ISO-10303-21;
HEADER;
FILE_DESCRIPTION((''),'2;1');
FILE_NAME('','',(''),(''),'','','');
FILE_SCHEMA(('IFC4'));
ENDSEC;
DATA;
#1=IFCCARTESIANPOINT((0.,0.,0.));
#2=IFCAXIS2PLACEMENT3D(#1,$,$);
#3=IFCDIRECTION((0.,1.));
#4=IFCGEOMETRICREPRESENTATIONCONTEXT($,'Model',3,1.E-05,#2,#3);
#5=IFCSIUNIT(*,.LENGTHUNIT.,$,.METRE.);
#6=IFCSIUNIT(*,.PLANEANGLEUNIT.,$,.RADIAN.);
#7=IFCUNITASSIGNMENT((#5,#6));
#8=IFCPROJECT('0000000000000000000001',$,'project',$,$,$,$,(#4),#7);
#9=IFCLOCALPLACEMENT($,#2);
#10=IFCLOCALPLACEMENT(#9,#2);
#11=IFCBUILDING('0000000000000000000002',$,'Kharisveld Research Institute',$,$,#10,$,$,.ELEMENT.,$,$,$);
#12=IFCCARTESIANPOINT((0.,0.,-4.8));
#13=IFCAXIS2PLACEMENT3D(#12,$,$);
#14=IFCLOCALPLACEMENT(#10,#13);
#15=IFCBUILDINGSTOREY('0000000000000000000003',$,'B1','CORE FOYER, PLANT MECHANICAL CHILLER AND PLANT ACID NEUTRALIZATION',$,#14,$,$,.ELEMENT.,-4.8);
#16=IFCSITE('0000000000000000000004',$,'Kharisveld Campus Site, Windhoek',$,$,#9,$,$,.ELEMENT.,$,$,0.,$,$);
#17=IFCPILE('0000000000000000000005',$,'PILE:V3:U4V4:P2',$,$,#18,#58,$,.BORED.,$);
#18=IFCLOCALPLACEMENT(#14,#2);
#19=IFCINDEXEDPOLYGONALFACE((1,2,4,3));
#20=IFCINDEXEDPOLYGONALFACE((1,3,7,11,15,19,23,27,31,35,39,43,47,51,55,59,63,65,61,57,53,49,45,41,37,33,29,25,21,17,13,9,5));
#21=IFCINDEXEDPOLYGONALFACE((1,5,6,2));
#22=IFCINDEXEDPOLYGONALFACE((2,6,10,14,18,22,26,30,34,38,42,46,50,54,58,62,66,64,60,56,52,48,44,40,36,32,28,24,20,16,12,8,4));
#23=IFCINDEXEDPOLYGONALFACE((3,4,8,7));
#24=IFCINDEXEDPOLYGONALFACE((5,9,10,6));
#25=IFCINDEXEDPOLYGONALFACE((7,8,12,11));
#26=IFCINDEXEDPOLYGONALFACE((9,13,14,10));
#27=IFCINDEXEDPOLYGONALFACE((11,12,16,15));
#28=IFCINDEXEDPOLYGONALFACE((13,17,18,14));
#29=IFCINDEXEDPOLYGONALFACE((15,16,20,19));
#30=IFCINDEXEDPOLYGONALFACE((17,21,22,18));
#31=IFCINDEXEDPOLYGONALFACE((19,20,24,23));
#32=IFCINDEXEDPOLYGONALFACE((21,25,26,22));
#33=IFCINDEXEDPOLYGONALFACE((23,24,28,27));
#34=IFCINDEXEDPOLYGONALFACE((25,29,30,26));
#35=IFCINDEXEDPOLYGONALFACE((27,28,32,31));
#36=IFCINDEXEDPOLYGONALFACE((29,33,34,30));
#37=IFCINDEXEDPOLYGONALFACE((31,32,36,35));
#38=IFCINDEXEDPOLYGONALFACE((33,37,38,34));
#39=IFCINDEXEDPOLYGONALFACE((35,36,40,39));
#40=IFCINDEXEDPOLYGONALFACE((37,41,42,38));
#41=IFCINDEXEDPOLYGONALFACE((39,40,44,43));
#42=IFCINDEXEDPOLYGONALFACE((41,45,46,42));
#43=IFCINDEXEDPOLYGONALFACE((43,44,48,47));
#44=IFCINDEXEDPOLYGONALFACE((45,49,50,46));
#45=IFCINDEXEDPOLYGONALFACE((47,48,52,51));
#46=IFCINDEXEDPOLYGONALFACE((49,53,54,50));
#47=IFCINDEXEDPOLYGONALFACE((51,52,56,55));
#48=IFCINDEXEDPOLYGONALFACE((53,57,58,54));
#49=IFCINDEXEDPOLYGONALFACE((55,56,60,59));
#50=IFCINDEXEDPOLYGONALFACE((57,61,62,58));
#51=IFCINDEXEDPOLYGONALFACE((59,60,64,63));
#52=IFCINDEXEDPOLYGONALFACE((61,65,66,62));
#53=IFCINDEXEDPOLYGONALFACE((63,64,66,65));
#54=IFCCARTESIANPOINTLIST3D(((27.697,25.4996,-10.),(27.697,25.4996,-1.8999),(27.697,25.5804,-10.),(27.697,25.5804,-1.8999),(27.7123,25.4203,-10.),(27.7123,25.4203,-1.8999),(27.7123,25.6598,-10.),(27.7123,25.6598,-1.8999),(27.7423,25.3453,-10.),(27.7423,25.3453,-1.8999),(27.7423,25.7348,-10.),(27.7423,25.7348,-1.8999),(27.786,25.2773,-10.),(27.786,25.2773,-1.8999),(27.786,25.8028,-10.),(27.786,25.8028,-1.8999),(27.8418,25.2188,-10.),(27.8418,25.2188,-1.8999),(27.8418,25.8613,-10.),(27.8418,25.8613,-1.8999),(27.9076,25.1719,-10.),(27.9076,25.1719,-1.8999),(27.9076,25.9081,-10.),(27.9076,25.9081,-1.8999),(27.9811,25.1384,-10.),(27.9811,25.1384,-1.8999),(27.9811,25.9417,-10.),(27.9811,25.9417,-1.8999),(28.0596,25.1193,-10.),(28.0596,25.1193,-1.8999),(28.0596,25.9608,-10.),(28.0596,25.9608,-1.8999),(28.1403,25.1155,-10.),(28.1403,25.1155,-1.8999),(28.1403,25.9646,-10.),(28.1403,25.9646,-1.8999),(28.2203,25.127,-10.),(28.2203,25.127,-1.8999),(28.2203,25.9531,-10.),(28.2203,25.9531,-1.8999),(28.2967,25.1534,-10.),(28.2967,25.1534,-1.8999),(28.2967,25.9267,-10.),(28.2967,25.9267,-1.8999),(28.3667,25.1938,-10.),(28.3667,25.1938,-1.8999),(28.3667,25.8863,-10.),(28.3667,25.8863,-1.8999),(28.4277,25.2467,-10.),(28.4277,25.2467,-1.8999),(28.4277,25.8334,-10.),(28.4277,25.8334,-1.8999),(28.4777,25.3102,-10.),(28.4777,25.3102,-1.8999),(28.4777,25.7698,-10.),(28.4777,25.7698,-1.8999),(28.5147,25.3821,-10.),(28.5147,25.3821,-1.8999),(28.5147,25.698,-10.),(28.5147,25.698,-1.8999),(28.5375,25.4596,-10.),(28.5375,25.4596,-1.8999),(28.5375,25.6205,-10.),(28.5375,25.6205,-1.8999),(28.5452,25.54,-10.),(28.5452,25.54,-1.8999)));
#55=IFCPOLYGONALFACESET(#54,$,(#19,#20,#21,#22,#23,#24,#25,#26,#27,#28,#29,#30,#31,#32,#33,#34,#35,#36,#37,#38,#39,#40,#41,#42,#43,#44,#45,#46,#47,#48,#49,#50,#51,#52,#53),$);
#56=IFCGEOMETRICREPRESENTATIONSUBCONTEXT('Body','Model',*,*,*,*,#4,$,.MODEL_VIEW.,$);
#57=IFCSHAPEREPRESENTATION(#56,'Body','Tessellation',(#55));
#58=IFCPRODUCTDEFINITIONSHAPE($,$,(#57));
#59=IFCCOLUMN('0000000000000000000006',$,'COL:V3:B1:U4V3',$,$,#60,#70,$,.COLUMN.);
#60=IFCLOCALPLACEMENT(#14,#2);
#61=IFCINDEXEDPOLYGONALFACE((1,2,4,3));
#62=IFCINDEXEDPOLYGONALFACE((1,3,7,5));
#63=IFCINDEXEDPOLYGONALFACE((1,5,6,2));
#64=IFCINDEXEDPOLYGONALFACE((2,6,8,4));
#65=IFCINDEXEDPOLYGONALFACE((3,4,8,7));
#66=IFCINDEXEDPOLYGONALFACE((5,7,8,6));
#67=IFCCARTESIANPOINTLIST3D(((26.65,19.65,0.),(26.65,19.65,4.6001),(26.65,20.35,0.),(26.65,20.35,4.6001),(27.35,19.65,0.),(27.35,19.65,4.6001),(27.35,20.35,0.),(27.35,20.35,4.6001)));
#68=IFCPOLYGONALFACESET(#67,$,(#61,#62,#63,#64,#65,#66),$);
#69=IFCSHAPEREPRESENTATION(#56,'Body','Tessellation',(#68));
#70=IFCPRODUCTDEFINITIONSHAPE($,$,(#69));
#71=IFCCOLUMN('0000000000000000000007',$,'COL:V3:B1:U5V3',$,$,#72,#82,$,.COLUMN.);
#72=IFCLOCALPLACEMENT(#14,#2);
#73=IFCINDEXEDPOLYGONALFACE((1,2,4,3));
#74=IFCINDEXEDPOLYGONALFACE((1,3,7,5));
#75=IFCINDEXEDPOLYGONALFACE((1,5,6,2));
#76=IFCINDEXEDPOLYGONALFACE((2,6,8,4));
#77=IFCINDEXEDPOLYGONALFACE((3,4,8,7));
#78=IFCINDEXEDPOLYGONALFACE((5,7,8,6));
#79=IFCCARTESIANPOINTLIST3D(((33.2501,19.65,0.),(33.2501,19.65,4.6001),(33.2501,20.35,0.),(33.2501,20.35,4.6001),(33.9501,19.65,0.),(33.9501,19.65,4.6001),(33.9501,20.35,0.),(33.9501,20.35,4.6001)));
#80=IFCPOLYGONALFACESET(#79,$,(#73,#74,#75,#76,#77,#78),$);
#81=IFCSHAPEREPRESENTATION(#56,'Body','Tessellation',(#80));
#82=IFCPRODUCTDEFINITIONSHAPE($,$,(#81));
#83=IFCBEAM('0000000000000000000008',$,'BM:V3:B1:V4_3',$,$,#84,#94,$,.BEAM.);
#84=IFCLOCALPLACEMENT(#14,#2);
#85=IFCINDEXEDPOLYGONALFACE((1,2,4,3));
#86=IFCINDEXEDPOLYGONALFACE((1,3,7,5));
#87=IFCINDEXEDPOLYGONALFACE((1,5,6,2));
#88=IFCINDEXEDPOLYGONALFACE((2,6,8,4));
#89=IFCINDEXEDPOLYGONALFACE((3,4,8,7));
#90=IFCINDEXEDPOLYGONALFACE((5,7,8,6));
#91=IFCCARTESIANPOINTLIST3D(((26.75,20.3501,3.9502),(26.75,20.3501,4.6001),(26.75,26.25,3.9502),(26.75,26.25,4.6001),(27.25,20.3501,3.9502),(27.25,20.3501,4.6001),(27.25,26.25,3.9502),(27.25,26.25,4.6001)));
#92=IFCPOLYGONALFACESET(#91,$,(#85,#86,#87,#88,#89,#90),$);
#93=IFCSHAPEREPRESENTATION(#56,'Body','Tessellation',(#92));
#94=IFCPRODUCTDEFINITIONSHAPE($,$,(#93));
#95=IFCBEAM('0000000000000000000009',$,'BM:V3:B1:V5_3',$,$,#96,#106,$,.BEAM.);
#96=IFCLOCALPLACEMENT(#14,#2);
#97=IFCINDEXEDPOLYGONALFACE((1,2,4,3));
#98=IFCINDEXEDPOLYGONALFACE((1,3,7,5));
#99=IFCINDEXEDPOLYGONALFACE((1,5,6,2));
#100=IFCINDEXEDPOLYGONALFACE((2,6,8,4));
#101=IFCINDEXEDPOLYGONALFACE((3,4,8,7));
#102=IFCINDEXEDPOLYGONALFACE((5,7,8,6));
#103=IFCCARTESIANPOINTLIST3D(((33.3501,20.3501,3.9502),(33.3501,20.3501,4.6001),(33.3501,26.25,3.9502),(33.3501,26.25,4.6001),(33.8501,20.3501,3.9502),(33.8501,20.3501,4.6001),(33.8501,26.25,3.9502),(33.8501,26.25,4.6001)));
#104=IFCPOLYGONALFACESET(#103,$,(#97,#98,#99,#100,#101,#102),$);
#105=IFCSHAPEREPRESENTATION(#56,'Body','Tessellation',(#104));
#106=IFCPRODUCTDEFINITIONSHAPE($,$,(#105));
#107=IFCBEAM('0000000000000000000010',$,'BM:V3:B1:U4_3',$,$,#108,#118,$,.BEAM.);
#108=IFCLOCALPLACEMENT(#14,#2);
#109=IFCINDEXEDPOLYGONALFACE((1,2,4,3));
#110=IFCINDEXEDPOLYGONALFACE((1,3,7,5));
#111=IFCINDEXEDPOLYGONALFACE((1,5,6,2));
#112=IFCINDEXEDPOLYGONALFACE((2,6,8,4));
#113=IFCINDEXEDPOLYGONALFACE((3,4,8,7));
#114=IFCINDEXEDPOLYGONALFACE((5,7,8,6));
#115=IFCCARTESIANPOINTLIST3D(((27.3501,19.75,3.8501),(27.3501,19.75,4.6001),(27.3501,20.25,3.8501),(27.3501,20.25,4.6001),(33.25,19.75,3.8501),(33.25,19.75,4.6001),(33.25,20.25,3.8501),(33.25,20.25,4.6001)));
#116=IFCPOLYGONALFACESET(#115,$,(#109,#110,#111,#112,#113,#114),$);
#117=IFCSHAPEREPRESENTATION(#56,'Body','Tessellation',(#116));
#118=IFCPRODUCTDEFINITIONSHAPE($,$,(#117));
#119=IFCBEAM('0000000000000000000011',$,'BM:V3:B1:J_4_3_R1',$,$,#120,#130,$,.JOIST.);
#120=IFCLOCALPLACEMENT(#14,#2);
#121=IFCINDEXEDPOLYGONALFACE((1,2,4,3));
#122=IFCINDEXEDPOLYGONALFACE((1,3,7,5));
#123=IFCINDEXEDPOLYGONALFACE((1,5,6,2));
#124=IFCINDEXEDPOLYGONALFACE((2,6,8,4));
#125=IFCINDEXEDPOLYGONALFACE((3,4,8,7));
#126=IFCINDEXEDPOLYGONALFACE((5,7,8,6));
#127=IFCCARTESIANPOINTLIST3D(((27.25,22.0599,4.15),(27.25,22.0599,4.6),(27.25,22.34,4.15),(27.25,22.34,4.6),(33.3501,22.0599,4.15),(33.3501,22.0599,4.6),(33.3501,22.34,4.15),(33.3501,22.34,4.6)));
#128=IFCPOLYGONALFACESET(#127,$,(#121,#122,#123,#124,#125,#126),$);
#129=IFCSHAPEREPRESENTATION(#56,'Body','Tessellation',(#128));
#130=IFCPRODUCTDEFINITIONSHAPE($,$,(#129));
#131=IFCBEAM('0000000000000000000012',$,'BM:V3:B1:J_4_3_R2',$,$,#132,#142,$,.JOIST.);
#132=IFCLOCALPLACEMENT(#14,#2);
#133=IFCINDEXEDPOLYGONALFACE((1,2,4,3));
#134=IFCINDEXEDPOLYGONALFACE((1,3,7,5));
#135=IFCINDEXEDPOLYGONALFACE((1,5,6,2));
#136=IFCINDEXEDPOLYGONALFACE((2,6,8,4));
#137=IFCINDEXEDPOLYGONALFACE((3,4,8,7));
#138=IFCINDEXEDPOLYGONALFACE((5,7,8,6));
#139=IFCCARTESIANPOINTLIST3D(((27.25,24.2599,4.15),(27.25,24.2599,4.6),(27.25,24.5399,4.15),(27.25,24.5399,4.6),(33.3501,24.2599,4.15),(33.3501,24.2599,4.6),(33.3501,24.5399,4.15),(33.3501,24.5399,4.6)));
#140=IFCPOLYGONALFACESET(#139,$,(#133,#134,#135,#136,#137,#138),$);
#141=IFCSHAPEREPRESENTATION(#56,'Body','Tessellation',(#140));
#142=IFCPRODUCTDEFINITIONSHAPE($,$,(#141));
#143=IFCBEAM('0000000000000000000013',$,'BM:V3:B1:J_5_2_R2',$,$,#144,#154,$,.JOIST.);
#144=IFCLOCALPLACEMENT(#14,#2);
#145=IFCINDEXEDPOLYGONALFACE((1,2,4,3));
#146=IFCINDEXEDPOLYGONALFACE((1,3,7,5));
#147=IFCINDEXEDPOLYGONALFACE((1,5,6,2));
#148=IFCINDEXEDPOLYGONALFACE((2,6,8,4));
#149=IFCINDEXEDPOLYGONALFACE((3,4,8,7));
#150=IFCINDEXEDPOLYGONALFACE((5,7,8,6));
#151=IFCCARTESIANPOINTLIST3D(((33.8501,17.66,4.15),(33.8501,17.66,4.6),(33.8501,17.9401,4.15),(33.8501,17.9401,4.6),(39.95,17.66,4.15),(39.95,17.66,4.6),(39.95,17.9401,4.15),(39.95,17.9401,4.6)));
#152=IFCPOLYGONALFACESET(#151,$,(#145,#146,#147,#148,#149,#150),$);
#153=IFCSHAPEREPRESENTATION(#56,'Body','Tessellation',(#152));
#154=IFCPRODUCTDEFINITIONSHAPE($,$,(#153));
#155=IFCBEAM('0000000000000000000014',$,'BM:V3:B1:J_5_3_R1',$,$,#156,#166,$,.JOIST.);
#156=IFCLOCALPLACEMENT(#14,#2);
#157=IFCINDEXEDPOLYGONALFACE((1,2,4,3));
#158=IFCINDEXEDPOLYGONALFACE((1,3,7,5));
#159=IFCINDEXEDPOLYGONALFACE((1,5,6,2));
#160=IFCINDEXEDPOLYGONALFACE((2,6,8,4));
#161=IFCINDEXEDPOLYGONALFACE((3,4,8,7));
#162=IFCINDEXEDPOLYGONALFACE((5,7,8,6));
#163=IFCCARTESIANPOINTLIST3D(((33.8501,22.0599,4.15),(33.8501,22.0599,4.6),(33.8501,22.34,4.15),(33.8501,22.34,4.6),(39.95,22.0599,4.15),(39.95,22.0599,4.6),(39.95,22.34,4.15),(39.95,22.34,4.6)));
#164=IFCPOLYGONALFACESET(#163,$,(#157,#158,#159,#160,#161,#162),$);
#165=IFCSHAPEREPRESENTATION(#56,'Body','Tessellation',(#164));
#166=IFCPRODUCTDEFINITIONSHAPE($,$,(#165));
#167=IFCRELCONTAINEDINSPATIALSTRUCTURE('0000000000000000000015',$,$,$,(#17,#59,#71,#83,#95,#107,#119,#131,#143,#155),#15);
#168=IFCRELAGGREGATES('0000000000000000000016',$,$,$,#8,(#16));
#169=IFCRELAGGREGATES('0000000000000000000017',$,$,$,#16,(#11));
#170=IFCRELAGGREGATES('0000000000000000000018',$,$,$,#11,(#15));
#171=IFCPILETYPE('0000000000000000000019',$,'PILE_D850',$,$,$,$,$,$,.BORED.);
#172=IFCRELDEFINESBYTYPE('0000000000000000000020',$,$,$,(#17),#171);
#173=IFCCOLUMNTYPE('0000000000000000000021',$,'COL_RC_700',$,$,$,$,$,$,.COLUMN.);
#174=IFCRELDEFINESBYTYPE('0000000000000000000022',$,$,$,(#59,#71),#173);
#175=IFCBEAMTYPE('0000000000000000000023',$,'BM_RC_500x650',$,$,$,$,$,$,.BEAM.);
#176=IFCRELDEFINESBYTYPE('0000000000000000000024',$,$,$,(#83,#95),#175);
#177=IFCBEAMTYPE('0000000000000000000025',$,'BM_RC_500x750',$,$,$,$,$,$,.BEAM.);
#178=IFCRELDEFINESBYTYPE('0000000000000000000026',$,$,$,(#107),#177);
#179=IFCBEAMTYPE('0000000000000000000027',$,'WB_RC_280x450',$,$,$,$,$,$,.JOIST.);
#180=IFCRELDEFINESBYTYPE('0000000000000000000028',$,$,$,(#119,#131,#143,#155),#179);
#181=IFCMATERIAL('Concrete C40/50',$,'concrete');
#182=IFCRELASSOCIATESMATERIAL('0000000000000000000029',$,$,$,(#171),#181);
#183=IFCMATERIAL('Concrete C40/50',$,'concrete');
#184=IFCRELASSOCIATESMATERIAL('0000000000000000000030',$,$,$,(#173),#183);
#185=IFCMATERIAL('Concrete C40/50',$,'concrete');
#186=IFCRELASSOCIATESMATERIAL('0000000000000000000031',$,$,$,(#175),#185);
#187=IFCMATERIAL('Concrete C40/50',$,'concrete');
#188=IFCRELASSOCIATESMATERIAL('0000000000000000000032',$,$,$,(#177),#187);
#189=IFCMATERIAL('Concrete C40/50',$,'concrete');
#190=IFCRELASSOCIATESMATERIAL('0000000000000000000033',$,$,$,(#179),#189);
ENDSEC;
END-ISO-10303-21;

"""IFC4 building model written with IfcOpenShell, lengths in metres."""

from ifc_helpers import new_model, si_unit, direction, frame, origin, origin_2d, place, context, subcontext, project, spatial, rectangle, circle, extrude, material, material_profile, profile_set, type_object, element, save


model = new_model("IFC4")

# Units and contexts
model_context = context("Model", 3, precision=1e-05, world=origin(), true_north=direction((0.0, 1.0)))
body_context = subcontext(model_context, "Body", "Model", "MODEL_VIEW")
ifc_project = project(units=[si_unit("LENGTHUNIT", "METRE"), si_unit("PLANEANGLEUNIT", "RADIAN")], contexts=[model_context])

# Site, building, storey
site_placement = place(None, origin())
site = spatial("IfcSite", under=ifc_project, at=site_placement, Name="Kharisveld Campus Site, Windhoek", CompositionType="ELEMENT", RefElevation=0.0)
building_placement = place(site_placement, origin())
building = spatial("IfcBuilding", under=site, at=building_placement, Name="Kharisveld Research Institute", CompositionType="ELEMENT")
storey_placement = place(building_placement, frame((0.0, 0.0, -4.8)))
storey = spatial("IfcBuildingStorey", under=building, at=storey_placement, Name="B1", Description="CORE FOYER, PLANT MECHANICAL CHILLER AND PLANT ACID NEUTRALIZATION", CompositionType="ELEMENT", Elevation=-4.8)

# Pile
ifc_material_1 = material(Name="Concrete C40/50", Category="concrete")
ifc_material_profile_1 = material_profile(ifc_material_1, circle(Radius=0.425, at=origin_2d()))
ifc_profile_set_1 = profile_set([ifc_material_profile_1], Name="Concrete C40/50")
pile_type_1 = type_object("IfcPileType", Name="PILE_D850", PredefinedType="BORED", material=ifc_profile_set_1)
for number, where, z_axis, x_axis, name in (
    (1, (28.1201, 25.54, -1.8999), (0.0, 0.0, -1.0), (1.0, 0.0, 0.0), "PILE:V3:U4V4:P2"),
):
    element("IfcPile", number, at=place(storey_placement, frame(where, z_axis=z_axis, x_axis=x_axis)), inside=storey, type_object=pile_type_1, Name=name, PredefinedType="BORED", context=body_context, shape_type="SweptSolid", body=[
        extrude(circle(Radius=0.425, at=origin_2d()), origin(), (0.0, 0.0, 1.0), 8.1001),
    ])

# Columns
ifc_material_2 = material(Name="Concrete C40/50", Category="concrete")
ifc_material_profile_2 = material_profile(ifc_material_2, rectangle(XDim=0.7, YDim=0.7, at=origin_2d()))
ifc_profile_set_2 = profile_set([ifc_material_profile_2], Name="Concrete C40/50")
column_type = type_object("IfcColumnType", Name="COL_RC_700", PredefinedType="COLUMN", material=ifc_profile_set_2)
for number, where, z_axis, x_axis, name in (
    (2, (27.0, 20.0, 0.0), (0.0, 0.0, 1.0), (1.0, 0.0, 0.0), "COL:V3:B1:U4V3"),
    (3, (33.6001, 20.0, 0.0), (0.0, 0.0, 1.0), (1.0, 0.0, 0.0), "COL:V3:B1:U5V3"),
):
    element("IfcColumn", number, at=place(storey_placement, frame(where, z_axis=z_axis, x_axis=x_axis)), inside=storey, type_object=column_type, Name=name, PredefinedType="COLUMN", context=body_context, shape_type="SweptSolid", body=[
        extrude(rectangle(XDim=0.7, YDim=0.7, at=origin_2d()), origin(), (0.0, 0.0, 1.0), 4.6001),
    ])

# Beams
ifc_material_3 = material(Name="Concrete C40/50", Category="concrete")
ifc_material_profile_3 = material_profile(ifc_material_3, rectangle(XDim=0.5, YDim=0.6499, at=origin_2d()))
ifc_profile_set_3 = profile_set([ifc_material_profile_3], Name="Concrete C40/50")
beam_type_1 = type_object("IfcBeamType", Name="BM_RC_500x650", PredefinedType="BEAM", material=ifc_profile_set_3)
for number, where, z_axis, x_axis, name in (
    (4, (27.0, 20.3501, 4.2751), (0.0, 1.0, 0.0), (-1.0, 0.0, 0.0), "BM:V3:B1:V4_3"),
    (5, (33.6001, 20.3501, 4.2751), (0.0, 1.0, 0.0), (-1.0, 0.0, 0.0), "BM:V3:B1:V5_3"),
):
    element("IfcBeam", number, at=place(storey_placement, frame(where, z_axis=z_axis, x_axis=x_axis)), inside=storey, type_object=beam_type_1, Name=name, PredefinedType="BEAM", context=body_context, shape_type="SweptSolid", body=[
        extrude(rectangle(XDim=0.5, YDim=0.6499, at=origin_2d()), origin(), (0.0, 0.0, 1.0), 5.8999),
    ])
ifc_material_4 = material(Name="Concrete C40/50", Category="concrete")
ifc_material_profile_4 = material_profile(ifc_material_4, rectangle(XDim=0.5, YDim=0.75, at=origin_2d()))
ifc_profile_set_4 = profile_set([ifc_material_profile_4], Name="Concrete C40/50")
beam_type_2 = type_object("IfcBeamType", Name="BM_RC_500x750", PredefinedType="BEAM", material=ifc_profile_set_4)
beam_placement = place(storey_placement, frame((27.3501, 20.0, 4.2251), z_axis=(1.0, 0.0, 0.0), x_axis=(0.0, 1.0, 0.0)))
element("IfcBeam", 6, at=beam_placement, inside=storey, type_object=beam_type_2, Name="BM:V3:B1:U4_3", PredefinedType="BEAM", context=body_context, shape_type="SweptSolid", body=[
    extrude(rectangle(XDim=0.5, YDim=0.75, at=origin_2d()), origin(), (0.0, 0.0, 1.0), 5.8999),
])
ifc_material_5 = material(Name="Concrete C40/50", Category="concrete")
ifc_material_profile_5 = material_profile(ifc_material_5, rectangle(XDim=0.28, YDim=0.45, at=origin_2d()))
ifc_profile_set_5 = profile_set([ifc_material_profile_5], Name="Concrete C40/50")
beam_type_3 = type_object("IfcBeamType", Name="WB_RC_280x450", PredefinedType="JOIST", material=ifc_profile_set_5)
for number, where, z_axis, x_axis, name in (
    (7, (27.25, 22.2, 4.375), (1.0, 0.0, 0.0), (0.0, 1.0, 0.0), "BM:V3:B1:J_4_3_R1"),
    (8, (27.25, 24.3999, 4.375), (1.0, 0.0, 0.0), (0.0, 1.0, 0.0), "BM:V3:B1:J_4_3_R2"),
):
    element("IfcBeam", number, at=place(storey_placement, frame(where, z_axis=z_axis, x_axis=x_axis)), inside=storey, type_object=beam_type_3, Name=name, PredefinedType="JOIST", context=body_context, shape_type="SweptSolid", body=[
        extrude(rectangle(XDim=0.28, YDim=0.45, at=origin_2d()), origin(), (0.0, 0.0, 1.0), 6.1001),
    ])
for number, where, z_axis, x_axis, name in (
    (9, (33.8501, 17.8, 4.375), (1.0, 0.0, 0.0), (0.0, 1.0, 0.0), "BM:V3:B1:J_5_2_R2"),
    (10, (33.8501, 22.2, 4.375), (1.0, 0.0, 0.0), (0.0, 1.0, 0.0), "BM:V3:B1:J_5_3_R1"),
):
    element("IfcBeam", number, at=place(storey_placement, frame(where, z_axis=z_axis, x_axis=x_axis)), inside=storey, type_object=beam_type_3, Name=name, PredefinedType="JOIST", context=body_context, shape_type="SweptSolid", body=[
        extrude(rectangle(XDim=0.28, YDim=0.45, at=origin_2d()), origin(), (0.0, 0.0, 1.0), 6.0999),
    ])

save(model, "model.ifc")
